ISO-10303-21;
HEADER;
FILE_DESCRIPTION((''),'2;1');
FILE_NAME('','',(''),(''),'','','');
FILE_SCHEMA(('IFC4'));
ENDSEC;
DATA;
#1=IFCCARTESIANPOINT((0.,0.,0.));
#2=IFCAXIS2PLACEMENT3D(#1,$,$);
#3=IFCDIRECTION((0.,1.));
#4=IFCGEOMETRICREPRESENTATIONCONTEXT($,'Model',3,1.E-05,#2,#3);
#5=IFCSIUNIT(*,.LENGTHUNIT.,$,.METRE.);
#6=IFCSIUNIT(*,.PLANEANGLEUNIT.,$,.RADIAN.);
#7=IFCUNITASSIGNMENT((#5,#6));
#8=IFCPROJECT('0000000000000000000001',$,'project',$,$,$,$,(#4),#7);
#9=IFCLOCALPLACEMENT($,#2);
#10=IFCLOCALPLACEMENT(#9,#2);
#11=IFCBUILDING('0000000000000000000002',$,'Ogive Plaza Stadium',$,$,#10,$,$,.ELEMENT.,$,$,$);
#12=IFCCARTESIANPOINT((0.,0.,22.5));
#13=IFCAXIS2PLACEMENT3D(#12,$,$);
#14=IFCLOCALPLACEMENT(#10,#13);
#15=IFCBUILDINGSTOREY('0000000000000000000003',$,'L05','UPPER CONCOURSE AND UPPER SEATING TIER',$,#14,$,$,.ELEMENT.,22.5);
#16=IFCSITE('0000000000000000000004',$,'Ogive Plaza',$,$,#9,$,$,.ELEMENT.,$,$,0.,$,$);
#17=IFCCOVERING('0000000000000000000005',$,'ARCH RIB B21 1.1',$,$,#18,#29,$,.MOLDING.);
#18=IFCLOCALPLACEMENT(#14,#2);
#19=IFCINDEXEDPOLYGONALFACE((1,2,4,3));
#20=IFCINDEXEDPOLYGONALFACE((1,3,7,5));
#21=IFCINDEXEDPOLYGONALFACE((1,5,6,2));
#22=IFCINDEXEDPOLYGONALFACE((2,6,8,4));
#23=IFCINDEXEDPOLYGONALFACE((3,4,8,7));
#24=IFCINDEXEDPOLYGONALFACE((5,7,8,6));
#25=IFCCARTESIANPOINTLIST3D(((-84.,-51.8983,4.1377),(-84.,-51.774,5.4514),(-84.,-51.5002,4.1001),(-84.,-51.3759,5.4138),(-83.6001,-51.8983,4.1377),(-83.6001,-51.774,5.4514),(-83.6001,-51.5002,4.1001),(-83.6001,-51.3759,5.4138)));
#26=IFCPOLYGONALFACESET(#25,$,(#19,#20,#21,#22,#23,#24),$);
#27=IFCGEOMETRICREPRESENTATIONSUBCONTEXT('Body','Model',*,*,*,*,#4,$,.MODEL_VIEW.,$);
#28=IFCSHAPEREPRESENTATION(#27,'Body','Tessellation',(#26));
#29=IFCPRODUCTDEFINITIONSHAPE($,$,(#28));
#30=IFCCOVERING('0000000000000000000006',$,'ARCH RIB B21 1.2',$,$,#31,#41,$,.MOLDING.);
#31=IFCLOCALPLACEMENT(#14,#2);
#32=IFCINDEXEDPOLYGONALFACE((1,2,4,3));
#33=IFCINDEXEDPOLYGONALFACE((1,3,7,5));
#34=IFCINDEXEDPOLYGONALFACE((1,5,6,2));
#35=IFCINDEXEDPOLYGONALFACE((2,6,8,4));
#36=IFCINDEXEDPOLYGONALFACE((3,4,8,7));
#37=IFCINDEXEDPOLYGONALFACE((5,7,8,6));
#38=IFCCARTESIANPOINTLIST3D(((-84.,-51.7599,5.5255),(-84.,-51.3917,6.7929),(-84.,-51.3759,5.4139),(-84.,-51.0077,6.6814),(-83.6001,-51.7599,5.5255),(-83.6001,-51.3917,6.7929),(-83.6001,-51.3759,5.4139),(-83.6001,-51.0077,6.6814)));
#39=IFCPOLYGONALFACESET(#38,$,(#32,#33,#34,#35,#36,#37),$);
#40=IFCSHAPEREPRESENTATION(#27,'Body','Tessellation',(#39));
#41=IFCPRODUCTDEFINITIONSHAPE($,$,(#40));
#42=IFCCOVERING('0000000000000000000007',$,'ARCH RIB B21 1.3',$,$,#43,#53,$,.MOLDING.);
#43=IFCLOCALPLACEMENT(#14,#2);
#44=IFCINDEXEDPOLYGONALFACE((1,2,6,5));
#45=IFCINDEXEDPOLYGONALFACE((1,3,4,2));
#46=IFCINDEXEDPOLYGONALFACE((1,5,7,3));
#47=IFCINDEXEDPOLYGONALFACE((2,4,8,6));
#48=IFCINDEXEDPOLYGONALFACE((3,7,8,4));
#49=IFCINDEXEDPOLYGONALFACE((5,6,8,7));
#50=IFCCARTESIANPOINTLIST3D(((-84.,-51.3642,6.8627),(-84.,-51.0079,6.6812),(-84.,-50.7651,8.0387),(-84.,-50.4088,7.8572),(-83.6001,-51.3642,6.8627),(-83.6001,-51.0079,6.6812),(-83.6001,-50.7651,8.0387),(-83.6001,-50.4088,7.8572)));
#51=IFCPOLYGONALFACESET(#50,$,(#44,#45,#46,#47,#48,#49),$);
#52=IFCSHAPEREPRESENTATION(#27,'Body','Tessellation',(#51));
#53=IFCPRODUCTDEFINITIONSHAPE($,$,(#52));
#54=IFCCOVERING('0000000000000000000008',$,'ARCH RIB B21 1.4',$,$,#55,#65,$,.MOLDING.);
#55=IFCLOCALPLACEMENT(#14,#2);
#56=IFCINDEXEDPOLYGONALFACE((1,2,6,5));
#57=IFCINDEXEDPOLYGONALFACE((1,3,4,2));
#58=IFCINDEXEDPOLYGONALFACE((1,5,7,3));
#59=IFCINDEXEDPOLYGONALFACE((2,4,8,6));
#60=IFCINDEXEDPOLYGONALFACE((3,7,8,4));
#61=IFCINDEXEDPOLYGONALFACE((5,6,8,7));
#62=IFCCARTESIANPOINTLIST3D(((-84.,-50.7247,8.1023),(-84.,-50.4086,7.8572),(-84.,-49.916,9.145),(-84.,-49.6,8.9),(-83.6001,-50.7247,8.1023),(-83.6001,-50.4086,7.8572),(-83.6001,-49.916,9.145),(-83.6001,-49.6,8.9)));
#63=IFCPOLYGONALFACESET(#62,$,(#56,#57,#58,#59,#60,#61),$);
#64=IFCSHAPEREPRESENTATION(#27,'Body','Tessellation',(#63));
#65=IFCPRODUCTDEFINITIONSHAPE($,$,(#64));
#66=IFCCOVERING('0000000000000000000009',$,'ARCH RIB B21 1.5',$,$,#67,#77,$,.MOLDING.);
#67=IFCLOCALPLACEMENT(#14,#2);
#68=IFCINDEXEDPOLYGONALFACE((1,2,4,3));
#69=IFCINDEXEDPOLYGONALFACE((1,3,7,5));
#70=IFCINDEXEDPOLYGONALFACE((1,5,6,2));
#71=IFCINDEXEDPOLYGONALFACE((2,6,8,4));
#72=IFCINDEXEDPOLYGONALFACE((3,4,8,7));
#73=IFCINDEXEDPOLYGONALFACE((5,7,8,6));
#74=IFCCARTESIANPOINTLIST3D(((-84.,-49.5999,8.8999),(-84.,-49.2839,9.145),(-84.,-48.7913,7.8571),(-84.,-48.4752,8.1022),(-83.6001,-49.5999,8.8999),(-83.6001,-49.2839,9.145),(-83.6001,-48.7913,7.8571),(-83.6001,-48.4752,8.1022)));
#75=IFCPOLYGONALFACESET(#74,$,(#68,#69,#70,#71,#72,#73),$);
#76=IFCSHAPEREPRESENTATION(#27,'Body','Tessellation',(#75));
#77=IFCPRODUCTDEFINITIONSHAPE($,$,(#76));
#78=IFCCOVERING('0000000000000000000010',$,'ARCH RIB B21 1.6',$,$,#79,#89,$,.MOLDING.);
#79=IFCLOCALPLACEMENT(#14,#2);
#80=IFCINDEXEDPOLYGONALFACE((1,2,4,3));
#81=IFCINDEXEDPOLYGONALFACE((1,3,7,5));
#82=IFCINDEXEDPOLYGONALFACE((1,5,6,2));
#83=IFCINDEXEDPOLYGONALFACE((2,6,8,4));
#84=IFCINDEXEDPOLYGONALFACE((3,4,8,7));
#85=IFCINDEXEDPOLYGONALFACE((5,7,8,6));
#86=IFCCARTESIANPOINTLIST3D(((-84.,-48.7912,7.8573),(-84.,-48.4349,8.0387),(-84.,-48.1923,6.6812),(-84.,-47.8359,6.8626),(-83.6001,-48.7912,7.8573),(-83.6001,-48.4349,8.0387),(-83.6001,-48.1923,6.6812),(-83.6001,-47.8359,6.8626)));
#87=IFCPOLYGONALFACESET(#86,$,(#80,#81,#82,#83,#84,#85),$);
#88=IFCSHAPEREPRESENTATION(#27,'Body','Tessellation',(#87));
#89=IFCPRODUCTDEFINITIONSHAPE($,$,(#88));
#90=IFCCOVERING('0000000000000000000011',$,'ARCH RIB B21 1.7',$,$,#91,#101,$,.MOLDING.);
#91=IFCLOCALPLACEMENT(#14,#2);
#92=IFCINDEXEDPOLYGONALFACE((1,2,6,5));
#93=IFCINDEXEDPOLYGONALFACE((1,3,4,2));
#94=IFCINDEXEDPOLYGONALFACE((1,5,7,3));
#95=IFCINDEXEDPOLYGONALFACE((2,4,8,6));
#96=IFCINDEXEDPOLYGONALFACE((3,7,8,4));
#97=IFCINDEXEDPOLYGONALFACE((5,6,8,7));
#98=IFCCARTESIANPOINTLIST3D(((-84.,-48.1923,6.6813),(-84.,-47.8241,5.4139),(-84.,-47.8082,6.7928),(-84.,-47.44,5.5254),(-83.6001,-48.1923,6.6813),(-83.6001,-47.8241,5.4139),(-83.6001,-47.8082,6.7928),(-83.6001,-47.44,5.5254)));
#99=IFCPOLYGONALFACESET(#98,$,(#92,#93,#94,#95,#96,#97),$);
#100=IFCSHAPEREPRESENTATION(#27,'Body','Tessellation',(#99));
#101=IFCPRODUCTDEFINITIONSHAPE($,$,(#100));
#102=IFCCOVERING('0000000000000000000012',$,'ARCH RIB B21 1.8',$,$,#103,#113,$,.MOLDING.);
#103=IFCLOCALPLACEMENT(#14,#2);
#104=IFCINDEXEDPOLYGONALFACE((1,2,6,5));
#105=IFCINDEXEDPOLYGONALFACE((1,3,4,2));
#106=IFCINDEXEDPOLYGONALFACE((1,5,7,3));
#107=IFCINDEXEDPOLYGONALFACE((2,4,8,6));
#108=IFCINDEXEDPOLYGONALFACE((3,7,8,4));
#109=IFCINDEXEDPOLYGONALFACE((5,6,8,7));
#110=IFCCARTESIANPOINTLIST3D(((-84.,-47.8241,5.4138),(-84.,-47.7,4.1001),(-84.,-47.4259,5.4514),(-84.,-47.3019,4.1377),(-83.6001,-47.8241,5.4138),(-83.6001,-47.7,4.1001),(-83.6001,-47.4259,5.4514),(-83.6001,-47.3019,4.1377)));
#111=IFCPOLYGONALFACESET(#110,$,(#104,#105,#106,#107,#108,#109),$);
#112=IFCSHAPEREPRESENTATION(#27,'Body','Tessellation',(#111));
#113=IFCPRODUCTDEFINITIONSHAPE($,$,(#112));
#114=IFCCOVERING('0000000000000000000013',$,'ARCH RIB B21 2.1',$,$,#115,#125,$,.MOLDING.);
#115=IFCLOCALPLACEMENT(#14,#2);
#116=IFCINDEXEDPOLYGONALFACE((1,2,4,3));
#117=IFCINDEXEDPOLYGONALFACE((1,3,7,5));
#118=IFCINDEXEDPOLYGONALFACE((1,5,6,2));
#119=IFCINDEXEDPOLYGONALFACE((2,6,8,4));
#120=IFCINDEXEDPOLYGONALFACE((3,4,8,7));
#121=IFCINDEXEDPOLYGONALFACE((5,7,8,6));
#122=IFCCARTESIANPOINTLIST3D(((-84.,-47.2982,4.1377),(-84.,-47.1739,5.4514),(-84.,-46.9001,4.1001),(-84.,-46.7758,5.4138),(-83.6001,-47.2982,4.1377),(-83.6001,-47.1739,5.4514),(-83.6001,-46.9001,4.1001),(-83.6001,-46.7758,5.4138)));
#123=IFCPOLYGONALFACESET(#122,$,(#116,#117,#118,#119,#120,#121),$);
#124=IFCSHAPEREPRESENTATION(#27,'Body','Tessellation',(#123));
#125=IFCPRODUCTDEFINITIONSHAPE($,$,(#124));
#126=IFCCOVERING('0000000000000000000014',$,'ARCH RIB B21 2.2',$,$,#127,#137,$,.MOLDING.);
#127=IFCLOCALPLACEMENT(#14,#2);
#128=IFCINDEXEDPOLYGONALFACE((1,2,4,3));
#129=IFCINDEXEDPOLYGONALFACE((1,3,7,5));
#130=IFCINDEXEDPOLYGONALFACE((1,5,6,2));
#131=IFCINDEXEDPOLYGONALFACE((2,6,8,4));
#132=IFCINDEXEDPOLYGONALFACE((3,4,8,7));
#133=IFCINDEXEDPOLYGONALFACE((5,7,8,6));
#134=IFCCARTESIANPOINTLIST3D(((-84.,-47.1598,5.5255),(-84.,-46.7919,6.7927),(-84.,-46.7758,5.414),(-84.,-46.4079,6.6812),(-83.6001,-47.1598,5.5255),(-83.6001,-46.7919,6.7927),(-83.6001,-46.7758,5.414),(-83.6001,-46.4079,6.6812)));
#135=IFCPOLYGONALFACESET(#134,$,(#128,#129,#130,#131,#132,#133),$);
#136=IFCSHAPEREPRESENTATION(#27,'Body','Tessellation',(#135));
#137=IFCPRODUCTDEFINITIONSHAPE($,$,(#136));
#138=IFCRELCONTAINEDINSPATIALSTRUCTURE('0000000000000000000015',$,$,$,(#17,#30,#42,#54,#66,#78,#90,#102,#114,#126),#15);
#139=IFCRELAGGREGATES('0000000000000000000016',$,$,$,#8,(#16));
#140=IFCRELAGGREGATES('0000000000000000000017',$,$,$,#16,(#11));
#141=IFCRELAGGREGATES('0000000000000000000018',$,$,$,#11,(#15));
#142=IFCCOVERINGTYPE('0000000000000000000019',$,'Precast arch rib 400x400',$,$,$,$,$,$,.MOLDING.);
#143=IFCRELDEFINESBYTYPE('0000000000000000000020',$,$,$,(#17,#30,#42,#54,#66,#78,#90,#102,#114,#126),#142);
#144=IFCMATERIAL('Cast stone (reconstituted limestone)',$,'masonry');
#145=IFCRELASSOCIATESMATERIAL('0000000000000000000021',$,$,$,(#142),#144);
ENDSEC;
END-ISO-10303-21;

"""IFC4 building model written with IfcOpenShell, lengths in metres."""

from ifc_helpers import new_model, si_unit, direction, frame, origin, origin_2d, place, context, subcontext, project, spatial, rectangle, extrude, material, material_profile, profile_set, type_object, element, save


model = new_model("IFC4")

# Units and contexts
model_context = context("Model", 3, precision=1e-05, world=origin(), true_north=direction((0.0, 1.0)))
body_context = subcontext(model_context, "Body", "Model", "MODEL_VIEW")
ifc_project = project(units=[si_unit("LENGTHUNIT", "METRE"), si_unit("PLANEANGLEUNIT", "RADIAN")], contexts=[model_context])

# Site, building, storey
site_placement = place(None, origin())
site = spatial("IfcSite", under=ifc_project, at=site_placement, Name="Ogive Plaza", CompositionType="ELEMENT", RefElevation=0.0)
building_placement = place(site_placement, origin())
building = spatial("IfcBuilding", under=site, at=building_placement, Name="Ogive Plaza Stadium", CompositionType="ELEMENT")
storey_placement = place(building_placement, frame((0.0, 0.0, 22.5)))
storey = spatial("IfcBuildingStorey", under=building, at=storey_placement, Name="L05", Description="UPPER CONCOURSE AND UPPER SEATING TIER", CompositionType="ELEMENT", Elevation=22.5)

# Coverings
ifc_material_1 = material(Name="Cast stone (reconstituted limestone)", Category="masonry")
ifc_material_profile_1 = material_profile(ifc_material_1, rectangle(XDim=0.3999, YDim=0.3999, at=origin_2d()), Name="Cast stone 400x400")
ifc_profile_set_1 = profile_set([ifc_material_profile_1], Name="Cast stone (reconstituted limestone)")
covering_type = type_object("IfcCoveringType", Name="Precast arch rib 400x400", PredefinedType="MOLDING", material=ifc_profile_set_1)
covering_placement = place(storey_placement, frame((-83.8, -51.6992, 4.1189), z_axis=(0.0, 0.094172, 0.995556), x_axis=(-1.0, 0.0, 0.0)))
element("IfcCovering", 1, at=covering_placement, inside=storey, type_object=covering_type, Name="ARCH RIB B21 1.1", PredefinedType="MOLDING", context=body_context, shape_type="SweptSolid", body=[
    extrude(rectangle(XDim=0.3999, YDim=0.3999, at=origin_2d()), origin(), (0.0, 0.0, 1.0), 1.3196),
])
for number, where, z_axis, x_axis, name in (
    (2, (-83.8, -51.5679, 5.4697), (0.0, 0.27897, 0.9603), (-1.0, 0.0, 0.0), "ARCH RIB B21 1.2"),
    (3, (-83.8, -51.186, 6.772), (0.0, 0.453934, 0.891035), (-1.0, 0.0, 0.0), "ARCH RIB B21 1.3"),
):
    element("IfcCovering", number, at=place(storey_placement, frame(where, z_axis=z_axis, x_axis=x_axis)), inside=storey, type_object=covering_type, Name=name, PredefinedType="MOLDING", context=body_context, shape_type="SweptSolid", body=[
        extrude(rectangle(XDim=0.3999, YDim=0.3999, at=origin_2d()), origin(), (0.0, 0.0, 1.0), 1.3198),
    ])
for number, where, z_axis, x_axis, name in (
    (4, (-83.8, -50.5667, 7.9797), (0.0, 0.6128, 0.790238), (-1.0, 0.0, 0.0), "ARCH RIB B21 1.4"),
    (5, (-83.8, -49.4419, 9.0225), (0.0, 0.6128, -0.790238), (-1.0, 0.0, 0.0), "ARCH RIB B21 1.5"),
):
    element("IfcCovering", number, at=place(storey_placement, frame(where, z_axis=z_axis, x_axis=x_axis)), inside=storey, type_object=covering_type, Name=name, PredefinedType="MOLDING", context=body_context, shape_type="SweptSolid", body=[
        extrude(rectangle(XDim=0.3999, YDim=0.3999, at=origin_2d()), origin(), (0.0, 0.0, 1.0), 1.3196),
    ])
for number, where, z_axis, x_axis, name in (
    (6, (-83.8, -48.613, 7.948), (0.0, 0.453787, -0.89111), (-1.0, 0.0, 0.0), "ARCH RIB B21 1.6"),
    (7, (-83.8, -48.0002, 6.7371), (0.0, 0.27897, -0.9603), (-1.0, 0.0, 0.0), "ARCH RIB B21 1.7"),
):
    element("IfcCovering", number, at=place(storey_placement, frame(where, z_axis=z_axis, x_axis=x_axis)), inside=storey, type_object=covering_type, Name=name, PredefinedType="MOLDING", context=body_context, shape_type="SweptSolid", body=[
        extrude(rectangle(XDim=0.3999, YDim=0.3999, at=origin_2d()), origin(), (0.0, 0.0, 1.0), 1.3198),
    ])
for number, where, z_axis, x_axis, name in (
    (8, (-83.8, -47.625, 5.4326), (0.0, 0.093988, -0.995573), (-1.0, 0.0, 0.0), "ARCH RIB B21 1.8"),
    (9, (-83.8, -47.0991, 4.1189), (0.0, 0.094172, 0.995556), (-1.0, 0.0, 0.0), "ARCH RIB B21 2.1"),
    (10, (-83.8, -46.9678, 5.4697), (0.0, 0.278799, 0.960349), (-1.0, 0.0, 0.0), "ARCH RIB B21 2.2"),
):
    element("IfcCovering", number, at=place(storey_placement, frame(where, z_axis=z_axis, x_axis=x_axis)), inside=storey, type_object=covering_type, Name=name, PredefinedType="MOLDING", context=body_context, shape_type="SweptSolid", body=[
        extrude(rectangle(XDim=0.3999, YDim=0.3999, at=origin_2d()), origin(), (0.0, 0.0, 1.0), 1.3196),
    ])

save(model, "model.ifc")
